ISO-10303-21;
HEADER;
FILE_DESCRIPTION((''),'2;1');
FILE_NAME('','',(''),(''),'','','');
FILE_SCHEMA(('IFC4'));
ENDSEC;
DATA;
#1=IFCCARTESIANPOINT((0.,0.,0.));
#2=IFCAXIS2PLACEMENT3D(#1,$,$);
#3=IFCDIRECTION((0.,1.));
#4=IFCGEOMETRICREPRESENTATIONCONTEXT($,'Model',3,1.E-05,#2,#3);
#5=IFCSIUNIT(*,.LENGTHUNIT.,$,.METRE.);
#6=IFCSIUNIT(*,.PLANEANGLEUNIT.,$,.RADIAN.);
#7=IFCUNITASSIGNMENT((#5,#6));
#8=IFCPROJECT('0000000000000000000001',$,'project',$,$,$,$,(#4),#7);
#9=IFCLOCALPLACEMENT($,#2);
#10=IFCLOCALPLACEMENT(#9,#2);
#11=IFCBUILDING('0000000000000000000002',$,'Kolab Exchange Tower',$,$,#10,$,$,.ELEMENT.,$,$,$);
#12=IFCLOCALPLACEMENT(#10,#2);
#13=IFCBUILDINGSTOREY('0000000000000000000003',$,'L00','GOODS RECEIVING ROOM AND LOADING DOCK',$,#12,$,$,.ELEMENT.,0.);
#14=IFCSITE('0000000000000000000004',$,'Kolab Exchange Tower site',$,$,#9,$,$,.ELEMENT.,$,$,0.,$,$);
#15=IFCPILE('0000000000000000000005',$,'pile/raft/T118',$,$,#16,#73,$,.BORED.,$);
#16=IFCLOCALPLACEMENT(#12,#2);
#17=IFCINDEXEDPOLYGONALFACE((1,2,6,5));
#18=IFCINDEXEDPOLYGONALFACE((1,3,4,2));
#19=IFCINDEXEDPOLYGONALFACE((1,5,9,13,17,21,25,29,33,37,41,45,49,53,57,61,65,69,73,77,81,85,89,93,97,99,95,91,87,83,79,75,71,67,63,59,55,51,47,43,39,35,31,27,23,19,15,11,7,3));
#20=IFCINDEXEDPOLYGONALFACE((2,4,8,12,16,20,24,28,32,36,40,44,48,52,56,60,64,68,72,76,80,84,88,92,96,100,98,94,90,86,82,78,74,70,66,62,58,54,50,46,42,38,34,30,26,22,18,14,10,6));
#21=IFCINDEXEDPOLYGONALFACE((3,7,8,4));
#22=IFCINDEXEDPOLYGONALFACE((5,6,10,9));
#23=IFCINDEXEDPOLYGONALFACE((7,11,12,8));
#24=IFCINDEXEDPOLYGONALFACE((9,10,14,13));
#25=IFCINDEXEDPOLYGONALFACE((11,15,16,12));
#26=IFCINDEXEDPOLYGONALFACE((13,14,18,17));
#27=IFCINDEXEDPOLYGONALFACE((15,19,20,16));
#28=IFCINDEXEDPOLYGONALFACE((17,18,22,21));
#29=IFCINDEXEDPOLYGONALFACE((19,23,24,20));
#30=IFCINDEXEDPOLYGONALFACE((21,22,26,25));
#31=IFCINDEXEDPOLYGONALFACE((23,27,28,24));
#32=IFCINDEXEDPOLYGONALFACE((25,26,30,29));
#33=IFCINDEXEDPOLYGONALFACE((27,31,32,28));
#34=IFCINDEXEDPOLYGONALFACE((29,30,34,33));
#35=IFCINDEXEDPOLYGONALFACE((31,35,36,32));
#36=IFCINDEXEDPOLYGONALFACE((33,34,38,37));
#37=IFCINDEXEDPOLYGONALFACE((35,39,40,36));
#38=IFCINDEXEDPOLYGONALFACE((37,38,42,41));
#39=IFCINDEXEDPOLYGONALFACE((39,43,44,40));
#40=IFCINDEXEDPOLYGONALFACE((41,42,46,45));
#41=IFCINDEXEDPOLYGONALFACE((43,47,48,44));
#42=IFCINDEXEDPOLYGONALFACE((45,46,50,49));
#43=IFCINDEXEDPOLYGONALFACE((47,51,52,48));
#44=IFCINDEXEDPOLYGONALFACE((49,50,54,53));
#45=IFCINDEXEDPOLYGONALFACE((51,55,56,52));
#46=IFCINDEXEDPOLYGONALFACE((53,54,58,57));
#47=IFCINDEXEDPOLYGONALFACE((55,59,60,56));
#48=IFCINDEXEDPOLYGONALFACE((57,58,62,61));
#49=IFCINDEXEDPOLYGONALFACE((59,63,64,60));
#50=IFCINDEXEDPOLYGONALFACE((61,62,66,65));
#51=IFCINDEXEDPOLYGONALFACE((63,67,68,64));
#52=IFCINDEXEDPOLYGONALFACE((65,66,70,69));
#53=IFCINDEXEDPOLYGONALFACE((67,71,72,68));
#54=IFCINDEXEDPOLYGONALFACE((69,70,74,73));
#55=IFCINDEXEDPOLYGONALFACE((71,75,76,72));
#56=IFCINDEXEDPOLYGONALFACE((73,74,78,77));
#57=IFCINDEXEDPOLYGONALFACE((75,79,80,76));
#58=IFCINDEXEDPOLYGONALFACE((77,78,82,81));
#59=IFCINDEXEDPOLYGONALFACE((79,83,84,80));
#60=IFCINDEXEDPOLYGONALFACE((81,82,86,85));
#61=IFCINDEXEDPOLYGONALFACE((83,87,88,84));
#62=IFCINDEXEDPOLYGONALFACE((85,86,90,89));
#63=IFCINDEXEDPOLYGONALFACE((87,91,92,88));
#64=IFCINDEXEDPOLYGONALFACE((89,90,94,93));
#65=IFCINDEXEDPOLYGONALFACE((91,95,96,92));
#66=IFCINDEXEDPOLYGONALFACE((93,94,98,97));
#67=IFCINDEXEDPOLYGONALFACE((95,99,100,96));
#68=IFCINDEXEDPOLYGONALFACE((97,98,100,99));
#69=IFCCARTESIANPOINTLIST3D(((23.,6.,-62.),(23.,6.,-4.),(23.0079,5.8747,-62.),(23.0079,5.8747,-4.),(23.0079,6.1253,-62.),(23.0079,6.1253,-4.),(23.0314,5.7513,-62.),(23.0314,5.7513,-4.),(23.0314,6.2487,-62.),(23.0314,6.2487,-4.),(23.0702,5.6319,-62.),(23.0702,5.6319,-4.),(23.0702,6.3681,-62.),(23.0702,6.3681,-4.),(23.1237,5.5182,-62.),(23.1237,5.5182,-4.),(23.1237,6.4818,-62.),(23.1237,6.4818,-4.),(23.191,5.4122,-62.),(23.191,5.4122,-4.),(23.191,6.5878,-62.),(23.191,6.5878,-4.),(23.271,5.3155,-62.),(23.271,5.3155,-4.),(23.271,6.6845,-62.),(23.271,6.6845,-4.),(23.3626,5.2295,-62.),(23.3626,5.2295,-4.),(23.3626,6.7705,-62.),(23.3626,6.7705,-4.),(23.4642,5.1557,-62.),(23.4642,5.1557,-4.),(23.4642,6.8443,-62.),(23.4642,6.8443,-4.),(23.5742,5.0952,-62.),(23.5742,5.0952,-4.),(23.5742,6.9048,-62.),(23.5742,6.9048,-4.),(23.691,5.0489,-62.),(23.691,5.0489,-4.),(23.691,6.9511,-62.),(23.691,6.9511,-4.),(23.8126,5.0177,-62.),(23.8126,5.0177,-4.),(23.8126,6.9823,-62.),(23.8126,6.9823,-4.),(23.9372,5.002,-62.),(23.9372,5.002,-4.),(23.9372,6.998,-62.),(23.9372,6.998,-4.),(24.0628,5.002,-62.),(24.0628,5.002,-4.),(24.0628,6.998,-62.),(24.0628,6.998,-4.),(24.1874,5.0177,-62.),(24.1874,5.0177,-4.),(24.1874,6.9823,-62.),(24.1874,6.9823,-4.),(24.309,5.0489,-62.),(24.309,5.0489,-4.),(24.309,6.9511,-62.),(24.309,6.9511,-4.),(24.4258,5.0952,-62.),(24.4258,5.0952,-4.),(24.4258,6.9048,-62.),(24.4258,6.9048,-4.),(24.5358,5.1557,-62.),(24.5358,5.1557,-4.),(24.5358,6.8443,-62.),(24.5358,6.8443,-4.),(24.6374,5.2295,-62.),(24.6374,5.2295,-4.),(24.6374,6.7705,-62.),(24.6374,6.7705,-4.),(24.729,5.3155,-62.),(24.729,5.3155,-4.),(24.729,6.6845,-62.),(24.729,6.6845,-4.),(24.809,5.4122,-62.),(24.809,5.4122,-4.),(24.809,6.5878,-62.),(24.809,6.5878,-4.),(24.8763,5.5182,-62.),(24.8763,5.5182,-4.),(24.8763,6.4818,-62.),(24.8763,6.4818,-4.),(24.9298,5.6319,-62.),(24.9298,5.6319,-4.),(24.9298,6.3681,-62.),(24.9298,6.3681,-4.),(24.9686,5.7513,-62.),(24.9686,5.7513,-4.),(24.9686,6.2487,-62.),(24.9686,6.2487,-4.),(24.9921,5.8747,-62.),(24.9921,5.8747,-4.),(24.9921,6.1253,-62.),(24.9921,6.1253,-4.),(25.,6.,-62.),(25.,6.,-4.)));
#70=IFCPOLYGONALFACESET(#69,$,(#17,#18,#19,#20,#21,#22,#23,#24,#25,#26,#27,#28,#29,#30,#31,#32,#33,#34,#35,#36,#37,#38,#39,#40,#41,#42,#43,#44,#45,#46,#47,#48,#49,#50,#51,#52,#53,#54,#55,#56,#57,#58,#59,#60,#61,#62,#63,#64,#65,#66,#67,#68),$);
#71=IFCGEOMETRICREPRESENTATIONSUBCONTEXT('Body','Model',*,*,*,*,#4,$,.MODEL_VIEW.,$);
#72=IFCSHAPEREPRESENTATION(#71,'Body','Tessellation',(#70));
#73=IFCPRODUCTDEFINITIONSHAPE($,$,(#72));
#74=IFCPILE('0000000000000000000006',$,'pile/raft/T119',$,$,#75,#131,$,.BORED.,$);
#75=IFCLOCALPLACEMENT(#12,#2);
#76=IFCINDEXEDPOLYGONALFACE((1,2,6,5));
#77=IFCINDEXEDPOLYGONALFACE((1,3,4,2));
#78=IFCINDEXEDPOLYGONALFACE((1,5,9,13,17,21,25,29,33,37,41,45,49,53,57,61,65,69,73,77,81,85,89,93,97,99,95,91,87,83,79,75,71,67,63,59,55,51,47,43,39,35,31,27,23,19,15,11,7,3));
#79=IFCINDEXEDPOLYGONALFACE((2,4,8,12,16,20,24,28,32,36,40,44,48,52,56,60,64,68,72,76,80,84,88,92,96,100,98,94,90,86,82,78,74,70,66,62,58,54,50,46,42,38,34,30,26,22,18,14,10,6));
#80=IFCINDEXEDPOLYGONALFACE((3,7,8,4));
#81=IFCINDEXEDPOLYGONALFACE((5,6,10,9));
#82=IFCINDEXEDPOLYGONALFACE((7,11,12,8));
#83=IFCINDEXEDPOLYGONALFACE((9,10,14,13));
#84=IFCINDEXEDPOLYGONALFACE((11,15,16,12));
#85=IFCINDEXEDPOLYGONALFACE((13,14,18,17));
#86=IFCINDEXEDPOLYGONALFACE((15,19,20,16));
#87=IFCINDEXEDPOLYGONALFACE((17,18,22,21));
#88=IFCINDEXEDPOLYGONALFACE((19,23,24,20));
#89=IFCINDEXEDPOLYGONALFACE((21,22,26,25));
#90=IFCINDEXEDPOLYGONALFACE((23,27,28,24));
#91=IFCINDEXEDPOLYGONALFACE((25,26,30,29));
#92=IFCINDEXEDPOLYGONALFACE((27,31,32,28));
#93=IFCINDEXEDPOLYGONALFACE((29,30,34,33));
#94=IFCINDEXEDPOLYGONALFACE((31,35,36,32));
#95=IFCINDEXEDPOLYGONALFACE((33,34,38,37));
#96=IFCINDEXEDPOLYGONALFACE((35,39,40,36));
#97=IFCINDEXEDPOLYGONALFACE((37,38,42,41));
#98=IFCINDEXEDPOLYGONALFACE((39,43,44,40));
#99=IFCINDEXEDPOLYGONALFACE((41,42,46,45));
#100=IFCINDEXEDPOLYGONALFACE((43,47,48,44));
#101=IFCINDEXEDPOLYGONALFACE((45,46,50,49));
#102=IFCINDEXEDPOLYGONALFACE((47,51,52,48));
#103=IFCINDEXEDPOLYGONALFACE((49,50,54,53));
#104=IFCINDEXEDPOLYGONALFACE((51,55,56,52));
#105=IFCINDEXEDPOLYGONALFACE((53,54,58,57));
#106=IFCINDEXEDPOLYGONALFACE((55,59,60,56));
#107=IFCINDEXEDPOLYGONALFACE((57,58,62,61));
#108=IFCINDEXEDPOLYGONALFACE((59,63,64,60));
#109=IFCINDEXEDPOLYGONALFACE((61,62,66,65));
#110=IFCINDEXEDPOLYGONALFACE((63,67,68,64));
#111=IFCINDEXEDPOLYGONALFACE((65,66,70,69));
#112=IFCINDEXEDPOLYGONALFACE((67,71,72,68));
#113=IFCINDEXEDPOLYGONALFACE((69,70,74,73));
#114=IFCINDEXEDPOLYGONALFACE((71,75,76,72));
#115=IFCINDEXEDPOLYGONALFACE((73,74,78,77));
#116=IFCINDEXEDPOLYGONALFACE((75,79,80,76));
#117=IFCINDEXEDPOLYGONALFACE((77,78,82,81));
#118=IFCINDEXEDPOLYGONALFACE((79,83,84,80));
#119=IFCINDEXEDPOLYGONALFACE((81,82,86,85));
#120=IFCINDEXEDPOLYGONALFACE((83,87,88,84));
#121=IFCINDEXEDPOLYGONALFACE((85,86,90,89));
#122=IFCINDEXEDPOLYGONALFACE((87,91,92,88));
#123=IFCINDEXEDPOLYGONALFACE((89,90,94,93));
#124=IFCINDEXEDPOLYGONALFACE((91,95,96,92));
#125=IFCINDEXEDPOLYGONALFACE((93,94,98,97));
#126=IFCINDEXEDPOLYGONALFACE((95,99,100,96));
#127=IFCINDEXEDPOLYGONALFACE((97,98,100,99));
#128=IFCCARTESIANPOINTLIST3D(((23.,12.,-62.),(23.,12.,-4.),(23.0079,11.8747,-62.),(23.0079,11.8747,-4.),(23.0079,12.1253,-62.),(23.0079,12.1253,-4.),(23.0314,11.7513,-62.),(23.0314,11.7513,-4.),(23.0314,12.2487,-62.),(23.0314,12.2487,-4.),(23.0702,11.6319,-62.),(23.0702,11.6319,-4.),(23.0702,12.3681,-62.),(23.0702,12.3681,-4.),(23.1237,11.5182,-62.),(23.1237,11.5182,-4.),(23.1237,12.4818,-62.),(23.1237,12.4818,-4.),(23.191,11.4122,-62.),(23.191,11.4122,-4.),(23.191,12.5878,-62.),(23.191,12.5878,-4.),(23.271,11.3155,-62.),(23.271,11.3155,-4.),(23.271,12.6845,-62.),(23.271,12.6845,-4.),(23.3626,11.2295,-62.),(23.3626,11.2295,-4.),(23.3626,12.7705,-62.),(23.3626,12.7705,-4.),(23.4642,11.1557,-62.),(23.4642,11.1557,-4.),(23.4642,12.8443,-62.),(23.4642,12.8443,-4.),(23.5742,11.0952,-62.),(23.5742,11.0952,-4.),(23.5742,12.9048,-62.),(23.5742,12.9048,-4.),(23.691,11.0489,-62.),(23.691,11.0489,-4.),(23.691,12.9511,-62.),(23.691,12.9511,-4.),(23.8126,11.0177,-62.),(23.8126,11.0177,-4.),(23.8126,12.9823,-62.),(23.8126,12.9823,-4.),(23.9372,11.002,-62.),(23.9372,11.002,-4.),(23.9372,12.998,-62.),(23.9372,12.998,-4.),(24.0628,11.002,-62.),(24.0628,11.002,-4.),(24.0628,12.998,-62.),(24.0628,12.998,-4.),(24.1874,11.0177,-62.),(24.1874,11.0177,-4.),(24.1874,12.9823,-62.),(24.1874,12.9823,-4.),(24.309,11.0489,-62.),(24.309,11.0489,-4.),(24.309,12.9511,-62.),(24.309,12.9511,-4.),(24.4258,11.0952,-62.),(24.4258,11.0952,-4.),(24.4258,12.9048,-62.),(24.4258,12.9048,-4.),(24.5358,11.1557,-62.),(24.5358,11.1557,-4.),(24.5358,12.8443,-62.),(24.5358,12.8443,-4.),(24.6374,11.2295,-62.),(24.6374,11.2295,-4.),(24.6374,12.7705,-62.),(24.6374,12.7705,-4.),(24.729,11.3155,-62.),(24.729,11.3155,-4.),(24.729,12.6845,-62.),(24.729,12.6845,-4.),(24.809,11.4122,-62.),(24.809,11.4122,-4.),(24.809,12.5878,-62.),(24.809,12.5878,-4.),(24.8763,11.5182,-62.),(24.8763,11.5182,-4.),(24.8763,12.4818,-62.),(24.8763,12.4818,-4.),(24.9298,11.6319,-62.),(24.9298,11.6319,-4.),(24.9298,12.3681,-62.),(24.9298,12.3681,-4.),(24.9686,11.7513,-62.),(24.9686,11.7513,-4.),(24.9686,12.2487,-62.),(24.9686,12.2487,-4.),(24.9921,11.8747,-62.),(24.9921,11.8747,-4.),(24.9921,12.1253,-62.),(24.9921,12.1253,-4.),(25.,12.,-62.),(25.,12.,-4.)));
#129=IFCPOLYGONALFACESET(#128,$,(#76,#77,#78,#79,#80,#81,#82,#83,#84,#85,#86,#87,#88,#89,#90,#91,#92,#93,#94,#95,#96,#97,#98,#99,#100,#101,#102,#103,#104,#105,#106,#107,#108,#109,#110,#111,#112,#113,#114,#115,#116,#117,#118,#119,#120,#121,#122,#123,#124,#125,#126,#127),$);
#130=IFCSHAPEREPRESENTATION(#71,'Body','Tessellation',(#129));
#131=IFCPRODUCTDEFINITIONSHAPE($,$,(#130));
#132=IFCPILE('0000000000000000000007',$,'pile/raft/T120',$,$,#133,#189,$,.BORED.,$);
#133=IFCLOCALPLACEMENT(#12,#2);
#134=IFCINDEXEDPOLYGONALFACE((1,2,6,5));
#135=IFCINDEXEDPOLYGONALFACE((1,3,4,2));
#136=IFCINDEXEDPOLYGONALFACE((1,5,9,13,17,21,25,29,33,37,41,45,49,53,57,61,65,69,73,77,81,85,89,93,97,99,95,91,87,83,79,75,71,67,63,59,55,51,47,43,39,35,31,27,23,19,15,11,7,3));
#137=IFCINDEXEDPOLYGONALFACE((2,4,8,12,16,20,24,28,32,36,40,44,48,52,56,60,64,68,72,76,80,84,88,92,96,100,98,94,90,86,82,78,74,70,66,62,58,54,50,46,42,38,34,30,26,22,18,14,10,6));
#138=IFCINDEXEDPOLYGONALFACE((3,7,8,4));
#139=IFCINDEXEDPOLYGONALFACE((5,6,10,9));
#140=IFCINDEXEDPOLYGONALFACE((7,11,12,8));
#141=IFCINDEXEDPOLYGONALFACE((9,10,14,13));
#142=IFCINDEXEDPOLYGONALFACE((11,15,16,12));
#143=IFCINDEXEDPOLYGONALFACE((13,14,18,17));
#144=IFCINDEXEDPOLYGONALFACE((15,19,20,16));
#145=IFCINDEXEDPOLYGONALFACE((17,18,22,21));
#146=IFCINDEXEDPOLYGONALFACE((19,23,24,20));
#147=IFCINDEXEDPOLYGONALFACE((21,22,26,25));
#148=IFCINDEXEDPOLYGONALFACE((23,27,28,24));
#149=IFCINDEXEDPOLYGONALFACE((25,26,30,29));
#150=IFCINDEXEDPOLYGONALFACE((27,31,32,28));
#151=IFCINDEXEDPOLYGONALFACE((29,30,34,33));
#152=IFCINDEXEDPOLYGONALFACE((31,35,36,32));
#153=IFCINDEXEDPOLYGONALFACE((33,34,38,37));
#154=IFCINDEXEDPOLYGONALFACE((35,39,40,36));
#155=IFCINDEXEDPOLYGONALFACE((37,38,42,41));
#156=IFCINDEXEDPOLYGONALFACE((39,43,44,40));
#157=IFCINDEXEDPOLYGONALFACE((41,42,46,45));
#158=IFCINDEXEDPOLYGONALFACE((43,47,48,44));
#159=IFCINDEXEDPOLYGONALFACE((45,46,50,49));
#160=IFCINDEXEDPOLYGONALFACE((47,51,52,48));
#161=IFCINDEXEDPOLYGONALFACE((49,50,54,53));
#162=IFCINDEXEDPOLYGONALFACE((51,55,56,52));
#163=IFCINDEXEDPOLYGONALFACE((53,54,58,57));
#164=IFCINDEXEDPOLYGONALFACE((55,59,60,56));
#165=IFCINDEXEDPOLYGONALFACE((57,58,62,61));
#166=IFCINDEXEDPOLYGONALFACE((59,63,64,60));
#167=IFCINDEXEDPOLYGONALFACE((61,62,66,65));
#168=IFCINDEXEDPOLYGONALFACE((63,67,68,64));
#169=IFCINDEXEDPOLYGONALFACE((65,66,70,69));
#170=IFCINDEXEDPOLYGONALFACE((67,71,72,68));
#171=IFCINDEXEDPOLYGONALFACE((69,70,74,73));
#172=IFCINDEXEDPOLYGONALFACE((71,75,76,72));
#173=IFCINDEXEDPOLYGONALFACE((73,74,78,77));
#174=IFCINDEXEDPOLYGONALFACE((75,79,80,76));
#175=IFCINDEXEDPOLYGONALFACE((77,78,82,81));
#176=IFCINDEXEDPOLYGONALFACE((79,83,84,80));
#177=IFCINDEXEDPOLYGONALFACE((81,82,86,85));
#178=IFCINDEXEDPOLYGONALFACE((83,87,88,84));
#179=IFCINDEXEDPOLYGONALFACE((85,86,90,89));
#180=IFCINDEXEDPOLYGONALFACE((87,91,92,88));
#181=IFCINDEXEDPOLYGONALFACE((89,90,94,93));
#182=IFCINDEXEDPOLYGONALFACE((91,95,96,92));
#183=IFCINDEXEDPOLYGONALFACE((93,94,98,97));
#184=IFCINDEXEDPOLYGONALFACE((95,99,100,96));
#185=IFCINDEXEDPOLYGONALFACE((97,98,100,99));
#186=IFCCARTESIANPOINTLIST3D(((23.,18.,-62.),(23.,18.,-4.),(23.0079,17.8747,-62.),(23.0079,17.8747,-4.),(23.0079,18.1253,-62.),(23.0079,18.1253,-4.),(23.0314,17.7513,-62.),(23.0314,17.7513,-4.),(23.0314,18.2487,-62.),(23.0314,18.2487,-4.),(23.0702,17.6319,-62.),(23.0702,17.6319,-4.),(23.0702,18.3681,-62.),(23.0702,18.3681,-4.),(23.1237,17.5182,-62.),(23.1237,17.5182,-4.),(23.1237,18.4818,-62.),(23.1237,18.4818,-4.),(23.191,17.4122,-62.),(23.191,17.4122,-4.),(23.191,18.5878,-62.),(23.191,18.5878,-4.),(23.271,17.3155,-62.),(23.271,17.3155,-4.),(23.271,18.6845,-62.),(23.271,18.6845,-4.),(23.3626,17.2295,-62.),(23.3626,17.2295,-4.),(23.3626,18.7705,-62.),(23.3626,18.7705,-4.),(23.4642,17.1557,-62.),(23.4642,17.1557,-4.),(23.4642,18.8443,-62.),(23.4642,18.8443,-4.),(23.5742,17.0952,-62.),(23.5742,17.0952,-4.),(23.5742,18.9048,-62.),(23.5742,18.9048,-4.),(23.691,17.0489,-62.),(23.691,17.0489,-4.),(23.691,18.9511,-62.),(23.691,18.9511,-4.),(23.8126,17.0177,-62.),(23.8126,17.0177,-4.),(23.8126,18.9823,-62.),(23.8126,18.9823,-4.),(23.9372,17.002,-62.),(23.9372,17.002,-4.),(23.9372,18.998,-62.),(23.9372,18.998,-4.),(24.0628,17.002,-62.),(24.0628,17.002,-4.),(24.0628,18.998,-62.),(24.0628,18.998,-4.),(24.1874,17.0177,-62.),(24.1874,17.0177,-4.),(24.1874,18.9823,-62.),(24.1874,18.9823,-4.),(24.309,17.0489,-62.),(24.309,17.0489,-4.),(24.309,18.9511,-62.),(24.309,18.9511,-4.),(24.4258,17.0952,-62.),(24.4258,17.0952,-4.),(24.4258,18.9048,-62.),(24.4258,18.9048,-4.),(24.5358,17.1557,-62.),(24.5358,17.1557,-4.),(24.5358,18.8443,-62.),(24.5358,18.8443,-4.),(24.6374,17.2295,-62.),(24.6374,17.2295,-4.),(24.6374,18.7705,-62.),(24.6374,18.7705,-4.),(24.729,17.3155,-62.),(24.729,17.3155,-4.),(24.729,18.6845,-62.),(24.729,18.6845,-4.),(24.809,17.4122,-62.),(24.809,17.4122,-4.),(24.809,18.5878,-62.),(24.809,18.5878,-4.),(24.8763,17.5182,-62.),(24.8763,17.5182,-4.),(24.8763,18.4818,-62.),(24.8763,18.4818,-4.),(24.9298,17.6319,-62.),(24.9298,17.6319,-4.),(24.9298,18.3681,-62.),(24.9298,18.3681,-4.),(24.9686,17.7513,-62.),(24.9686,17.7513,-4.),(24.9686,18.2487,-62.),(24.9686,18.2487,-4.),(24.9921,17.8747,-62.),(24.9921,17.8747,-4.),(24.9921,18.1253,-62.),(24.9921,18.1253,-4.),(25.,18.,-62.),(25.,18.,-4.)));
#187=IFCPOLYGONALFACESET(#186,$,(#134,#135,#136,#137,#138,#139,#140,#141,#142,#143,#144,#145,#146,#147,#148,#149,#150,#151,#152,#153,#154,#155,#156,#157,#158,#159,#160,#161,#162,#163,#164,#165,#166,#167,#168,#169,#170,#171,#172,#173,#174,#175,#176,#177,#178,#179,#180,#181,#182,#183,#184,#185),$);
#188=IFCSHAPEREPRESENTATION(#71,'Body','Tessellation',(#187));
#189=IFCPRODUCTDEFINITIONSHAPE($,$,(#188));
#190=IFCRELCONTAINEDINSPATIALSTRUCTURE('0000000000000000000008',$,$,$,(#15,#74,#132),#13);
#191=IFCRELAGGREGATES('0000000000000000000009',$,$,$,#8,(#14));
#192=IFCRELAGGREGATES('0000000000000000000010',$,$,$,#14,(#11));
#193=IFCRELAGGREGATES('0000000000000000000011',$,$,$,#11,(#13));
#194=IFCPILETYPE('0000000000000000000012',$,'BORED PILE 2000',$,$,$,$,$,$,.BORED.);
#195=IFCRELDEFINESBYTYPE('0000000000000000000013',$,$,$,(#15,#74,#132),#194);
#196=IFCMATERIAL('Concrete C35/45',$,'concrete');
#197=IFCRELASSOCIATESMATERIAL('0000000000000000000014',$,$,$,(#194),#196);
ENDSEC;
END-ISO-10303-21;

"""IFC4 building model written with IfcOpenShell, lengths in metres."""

from ifc_helpers import new_model, si_unit, direction, frame, origin, origin_2d, place, context, subcontext, project, spatial, circle, extrude, material, material_profile, profile_set, type_object, element, save


model = new_model("IFC4")

# Units and contexts
model_context = context("Model", 3, precision=1e-05, world=origin(), true_north=direction((0.0, 1.0)))
body_context = subcontext(model_context, "Body", "Model", "MODEL_VIEW")
ifc_project = project(units=[si_unit("LENGTHUNIT", "METRE"), si_unit("PLANEANGLEUNIT", "RADIAN")], contexts=[model_context])

# Site, building, storey
site_placement = place(None, origin())
site = spatial("IfcSite", under=ifc_project, at=site_placement, Name="Kolab Exchange Tower site", CompositionType="ELEMENT", RefElevation=0.0)
building_placement = place(site_placement, origin())
building = spatial("IfcBuilding", under=site, at=building_placement, Name="Kolab Exchange Tower", CompositionType="ELEMENT")
storey_placement = place(building_placement, origin())
storey = spatial("IfcBuildingStorey", under=building, at=storey_placement, Name="L00", Description="GOODS RECEIVING ROOM AND LOADING DOCK", CompositionType="ELEMENT", Elevation=0.0)

# Piles
ifc_material_1 = material(Name="Concrete C35/45", Category="concrete")
ifc_material_profile_1 = material_profile(ifc_material_1, circle(Radius=1.0, at=origin_2d()), Name="BP2000")
ifc_profile_set_1 = profile_set([ifc_material_profile_1], Name="Concrete C35/45")
pile_type_1 = type_object("IfcPileType", Name="BORED PILE 2000", PredefinedType="BORED", material=ifc_profile_set_1)
for number, where, z_axis, x_axis, name in (
    (1, (24.0, 6.0, -4.0), (0.0, 0.0, -1.0), (1.0, 0.0, 0.0), "pile/raft/T118"),
    (2, (24.0, 12.0, -4.0), (0.0, 0.0, -1.0), (1.0, 0.0, 0.0), "pile/raft/T119"),
    (3, (24.0, 18.0, -4.0), (0.0, 0.0, -1.0), (1.0, 0.0, 0.0), "pile/raft/T120"),
):
    element("IfcPile", number, at=place(storey_placement, frame(where, z_axis=z_axis, x_axis=x_axis)), inside=storey, type_object=pile_type_1, Name=name, PredefinedType="BORED", context=body_context, shape_type="SweptSolid", body=[
        extrude(circle(Radius=1.0, at=origin_2d()), origin(), (0.0, 0.0, 1.0), 58.0),
    ])

save(model, "model.ifc")
